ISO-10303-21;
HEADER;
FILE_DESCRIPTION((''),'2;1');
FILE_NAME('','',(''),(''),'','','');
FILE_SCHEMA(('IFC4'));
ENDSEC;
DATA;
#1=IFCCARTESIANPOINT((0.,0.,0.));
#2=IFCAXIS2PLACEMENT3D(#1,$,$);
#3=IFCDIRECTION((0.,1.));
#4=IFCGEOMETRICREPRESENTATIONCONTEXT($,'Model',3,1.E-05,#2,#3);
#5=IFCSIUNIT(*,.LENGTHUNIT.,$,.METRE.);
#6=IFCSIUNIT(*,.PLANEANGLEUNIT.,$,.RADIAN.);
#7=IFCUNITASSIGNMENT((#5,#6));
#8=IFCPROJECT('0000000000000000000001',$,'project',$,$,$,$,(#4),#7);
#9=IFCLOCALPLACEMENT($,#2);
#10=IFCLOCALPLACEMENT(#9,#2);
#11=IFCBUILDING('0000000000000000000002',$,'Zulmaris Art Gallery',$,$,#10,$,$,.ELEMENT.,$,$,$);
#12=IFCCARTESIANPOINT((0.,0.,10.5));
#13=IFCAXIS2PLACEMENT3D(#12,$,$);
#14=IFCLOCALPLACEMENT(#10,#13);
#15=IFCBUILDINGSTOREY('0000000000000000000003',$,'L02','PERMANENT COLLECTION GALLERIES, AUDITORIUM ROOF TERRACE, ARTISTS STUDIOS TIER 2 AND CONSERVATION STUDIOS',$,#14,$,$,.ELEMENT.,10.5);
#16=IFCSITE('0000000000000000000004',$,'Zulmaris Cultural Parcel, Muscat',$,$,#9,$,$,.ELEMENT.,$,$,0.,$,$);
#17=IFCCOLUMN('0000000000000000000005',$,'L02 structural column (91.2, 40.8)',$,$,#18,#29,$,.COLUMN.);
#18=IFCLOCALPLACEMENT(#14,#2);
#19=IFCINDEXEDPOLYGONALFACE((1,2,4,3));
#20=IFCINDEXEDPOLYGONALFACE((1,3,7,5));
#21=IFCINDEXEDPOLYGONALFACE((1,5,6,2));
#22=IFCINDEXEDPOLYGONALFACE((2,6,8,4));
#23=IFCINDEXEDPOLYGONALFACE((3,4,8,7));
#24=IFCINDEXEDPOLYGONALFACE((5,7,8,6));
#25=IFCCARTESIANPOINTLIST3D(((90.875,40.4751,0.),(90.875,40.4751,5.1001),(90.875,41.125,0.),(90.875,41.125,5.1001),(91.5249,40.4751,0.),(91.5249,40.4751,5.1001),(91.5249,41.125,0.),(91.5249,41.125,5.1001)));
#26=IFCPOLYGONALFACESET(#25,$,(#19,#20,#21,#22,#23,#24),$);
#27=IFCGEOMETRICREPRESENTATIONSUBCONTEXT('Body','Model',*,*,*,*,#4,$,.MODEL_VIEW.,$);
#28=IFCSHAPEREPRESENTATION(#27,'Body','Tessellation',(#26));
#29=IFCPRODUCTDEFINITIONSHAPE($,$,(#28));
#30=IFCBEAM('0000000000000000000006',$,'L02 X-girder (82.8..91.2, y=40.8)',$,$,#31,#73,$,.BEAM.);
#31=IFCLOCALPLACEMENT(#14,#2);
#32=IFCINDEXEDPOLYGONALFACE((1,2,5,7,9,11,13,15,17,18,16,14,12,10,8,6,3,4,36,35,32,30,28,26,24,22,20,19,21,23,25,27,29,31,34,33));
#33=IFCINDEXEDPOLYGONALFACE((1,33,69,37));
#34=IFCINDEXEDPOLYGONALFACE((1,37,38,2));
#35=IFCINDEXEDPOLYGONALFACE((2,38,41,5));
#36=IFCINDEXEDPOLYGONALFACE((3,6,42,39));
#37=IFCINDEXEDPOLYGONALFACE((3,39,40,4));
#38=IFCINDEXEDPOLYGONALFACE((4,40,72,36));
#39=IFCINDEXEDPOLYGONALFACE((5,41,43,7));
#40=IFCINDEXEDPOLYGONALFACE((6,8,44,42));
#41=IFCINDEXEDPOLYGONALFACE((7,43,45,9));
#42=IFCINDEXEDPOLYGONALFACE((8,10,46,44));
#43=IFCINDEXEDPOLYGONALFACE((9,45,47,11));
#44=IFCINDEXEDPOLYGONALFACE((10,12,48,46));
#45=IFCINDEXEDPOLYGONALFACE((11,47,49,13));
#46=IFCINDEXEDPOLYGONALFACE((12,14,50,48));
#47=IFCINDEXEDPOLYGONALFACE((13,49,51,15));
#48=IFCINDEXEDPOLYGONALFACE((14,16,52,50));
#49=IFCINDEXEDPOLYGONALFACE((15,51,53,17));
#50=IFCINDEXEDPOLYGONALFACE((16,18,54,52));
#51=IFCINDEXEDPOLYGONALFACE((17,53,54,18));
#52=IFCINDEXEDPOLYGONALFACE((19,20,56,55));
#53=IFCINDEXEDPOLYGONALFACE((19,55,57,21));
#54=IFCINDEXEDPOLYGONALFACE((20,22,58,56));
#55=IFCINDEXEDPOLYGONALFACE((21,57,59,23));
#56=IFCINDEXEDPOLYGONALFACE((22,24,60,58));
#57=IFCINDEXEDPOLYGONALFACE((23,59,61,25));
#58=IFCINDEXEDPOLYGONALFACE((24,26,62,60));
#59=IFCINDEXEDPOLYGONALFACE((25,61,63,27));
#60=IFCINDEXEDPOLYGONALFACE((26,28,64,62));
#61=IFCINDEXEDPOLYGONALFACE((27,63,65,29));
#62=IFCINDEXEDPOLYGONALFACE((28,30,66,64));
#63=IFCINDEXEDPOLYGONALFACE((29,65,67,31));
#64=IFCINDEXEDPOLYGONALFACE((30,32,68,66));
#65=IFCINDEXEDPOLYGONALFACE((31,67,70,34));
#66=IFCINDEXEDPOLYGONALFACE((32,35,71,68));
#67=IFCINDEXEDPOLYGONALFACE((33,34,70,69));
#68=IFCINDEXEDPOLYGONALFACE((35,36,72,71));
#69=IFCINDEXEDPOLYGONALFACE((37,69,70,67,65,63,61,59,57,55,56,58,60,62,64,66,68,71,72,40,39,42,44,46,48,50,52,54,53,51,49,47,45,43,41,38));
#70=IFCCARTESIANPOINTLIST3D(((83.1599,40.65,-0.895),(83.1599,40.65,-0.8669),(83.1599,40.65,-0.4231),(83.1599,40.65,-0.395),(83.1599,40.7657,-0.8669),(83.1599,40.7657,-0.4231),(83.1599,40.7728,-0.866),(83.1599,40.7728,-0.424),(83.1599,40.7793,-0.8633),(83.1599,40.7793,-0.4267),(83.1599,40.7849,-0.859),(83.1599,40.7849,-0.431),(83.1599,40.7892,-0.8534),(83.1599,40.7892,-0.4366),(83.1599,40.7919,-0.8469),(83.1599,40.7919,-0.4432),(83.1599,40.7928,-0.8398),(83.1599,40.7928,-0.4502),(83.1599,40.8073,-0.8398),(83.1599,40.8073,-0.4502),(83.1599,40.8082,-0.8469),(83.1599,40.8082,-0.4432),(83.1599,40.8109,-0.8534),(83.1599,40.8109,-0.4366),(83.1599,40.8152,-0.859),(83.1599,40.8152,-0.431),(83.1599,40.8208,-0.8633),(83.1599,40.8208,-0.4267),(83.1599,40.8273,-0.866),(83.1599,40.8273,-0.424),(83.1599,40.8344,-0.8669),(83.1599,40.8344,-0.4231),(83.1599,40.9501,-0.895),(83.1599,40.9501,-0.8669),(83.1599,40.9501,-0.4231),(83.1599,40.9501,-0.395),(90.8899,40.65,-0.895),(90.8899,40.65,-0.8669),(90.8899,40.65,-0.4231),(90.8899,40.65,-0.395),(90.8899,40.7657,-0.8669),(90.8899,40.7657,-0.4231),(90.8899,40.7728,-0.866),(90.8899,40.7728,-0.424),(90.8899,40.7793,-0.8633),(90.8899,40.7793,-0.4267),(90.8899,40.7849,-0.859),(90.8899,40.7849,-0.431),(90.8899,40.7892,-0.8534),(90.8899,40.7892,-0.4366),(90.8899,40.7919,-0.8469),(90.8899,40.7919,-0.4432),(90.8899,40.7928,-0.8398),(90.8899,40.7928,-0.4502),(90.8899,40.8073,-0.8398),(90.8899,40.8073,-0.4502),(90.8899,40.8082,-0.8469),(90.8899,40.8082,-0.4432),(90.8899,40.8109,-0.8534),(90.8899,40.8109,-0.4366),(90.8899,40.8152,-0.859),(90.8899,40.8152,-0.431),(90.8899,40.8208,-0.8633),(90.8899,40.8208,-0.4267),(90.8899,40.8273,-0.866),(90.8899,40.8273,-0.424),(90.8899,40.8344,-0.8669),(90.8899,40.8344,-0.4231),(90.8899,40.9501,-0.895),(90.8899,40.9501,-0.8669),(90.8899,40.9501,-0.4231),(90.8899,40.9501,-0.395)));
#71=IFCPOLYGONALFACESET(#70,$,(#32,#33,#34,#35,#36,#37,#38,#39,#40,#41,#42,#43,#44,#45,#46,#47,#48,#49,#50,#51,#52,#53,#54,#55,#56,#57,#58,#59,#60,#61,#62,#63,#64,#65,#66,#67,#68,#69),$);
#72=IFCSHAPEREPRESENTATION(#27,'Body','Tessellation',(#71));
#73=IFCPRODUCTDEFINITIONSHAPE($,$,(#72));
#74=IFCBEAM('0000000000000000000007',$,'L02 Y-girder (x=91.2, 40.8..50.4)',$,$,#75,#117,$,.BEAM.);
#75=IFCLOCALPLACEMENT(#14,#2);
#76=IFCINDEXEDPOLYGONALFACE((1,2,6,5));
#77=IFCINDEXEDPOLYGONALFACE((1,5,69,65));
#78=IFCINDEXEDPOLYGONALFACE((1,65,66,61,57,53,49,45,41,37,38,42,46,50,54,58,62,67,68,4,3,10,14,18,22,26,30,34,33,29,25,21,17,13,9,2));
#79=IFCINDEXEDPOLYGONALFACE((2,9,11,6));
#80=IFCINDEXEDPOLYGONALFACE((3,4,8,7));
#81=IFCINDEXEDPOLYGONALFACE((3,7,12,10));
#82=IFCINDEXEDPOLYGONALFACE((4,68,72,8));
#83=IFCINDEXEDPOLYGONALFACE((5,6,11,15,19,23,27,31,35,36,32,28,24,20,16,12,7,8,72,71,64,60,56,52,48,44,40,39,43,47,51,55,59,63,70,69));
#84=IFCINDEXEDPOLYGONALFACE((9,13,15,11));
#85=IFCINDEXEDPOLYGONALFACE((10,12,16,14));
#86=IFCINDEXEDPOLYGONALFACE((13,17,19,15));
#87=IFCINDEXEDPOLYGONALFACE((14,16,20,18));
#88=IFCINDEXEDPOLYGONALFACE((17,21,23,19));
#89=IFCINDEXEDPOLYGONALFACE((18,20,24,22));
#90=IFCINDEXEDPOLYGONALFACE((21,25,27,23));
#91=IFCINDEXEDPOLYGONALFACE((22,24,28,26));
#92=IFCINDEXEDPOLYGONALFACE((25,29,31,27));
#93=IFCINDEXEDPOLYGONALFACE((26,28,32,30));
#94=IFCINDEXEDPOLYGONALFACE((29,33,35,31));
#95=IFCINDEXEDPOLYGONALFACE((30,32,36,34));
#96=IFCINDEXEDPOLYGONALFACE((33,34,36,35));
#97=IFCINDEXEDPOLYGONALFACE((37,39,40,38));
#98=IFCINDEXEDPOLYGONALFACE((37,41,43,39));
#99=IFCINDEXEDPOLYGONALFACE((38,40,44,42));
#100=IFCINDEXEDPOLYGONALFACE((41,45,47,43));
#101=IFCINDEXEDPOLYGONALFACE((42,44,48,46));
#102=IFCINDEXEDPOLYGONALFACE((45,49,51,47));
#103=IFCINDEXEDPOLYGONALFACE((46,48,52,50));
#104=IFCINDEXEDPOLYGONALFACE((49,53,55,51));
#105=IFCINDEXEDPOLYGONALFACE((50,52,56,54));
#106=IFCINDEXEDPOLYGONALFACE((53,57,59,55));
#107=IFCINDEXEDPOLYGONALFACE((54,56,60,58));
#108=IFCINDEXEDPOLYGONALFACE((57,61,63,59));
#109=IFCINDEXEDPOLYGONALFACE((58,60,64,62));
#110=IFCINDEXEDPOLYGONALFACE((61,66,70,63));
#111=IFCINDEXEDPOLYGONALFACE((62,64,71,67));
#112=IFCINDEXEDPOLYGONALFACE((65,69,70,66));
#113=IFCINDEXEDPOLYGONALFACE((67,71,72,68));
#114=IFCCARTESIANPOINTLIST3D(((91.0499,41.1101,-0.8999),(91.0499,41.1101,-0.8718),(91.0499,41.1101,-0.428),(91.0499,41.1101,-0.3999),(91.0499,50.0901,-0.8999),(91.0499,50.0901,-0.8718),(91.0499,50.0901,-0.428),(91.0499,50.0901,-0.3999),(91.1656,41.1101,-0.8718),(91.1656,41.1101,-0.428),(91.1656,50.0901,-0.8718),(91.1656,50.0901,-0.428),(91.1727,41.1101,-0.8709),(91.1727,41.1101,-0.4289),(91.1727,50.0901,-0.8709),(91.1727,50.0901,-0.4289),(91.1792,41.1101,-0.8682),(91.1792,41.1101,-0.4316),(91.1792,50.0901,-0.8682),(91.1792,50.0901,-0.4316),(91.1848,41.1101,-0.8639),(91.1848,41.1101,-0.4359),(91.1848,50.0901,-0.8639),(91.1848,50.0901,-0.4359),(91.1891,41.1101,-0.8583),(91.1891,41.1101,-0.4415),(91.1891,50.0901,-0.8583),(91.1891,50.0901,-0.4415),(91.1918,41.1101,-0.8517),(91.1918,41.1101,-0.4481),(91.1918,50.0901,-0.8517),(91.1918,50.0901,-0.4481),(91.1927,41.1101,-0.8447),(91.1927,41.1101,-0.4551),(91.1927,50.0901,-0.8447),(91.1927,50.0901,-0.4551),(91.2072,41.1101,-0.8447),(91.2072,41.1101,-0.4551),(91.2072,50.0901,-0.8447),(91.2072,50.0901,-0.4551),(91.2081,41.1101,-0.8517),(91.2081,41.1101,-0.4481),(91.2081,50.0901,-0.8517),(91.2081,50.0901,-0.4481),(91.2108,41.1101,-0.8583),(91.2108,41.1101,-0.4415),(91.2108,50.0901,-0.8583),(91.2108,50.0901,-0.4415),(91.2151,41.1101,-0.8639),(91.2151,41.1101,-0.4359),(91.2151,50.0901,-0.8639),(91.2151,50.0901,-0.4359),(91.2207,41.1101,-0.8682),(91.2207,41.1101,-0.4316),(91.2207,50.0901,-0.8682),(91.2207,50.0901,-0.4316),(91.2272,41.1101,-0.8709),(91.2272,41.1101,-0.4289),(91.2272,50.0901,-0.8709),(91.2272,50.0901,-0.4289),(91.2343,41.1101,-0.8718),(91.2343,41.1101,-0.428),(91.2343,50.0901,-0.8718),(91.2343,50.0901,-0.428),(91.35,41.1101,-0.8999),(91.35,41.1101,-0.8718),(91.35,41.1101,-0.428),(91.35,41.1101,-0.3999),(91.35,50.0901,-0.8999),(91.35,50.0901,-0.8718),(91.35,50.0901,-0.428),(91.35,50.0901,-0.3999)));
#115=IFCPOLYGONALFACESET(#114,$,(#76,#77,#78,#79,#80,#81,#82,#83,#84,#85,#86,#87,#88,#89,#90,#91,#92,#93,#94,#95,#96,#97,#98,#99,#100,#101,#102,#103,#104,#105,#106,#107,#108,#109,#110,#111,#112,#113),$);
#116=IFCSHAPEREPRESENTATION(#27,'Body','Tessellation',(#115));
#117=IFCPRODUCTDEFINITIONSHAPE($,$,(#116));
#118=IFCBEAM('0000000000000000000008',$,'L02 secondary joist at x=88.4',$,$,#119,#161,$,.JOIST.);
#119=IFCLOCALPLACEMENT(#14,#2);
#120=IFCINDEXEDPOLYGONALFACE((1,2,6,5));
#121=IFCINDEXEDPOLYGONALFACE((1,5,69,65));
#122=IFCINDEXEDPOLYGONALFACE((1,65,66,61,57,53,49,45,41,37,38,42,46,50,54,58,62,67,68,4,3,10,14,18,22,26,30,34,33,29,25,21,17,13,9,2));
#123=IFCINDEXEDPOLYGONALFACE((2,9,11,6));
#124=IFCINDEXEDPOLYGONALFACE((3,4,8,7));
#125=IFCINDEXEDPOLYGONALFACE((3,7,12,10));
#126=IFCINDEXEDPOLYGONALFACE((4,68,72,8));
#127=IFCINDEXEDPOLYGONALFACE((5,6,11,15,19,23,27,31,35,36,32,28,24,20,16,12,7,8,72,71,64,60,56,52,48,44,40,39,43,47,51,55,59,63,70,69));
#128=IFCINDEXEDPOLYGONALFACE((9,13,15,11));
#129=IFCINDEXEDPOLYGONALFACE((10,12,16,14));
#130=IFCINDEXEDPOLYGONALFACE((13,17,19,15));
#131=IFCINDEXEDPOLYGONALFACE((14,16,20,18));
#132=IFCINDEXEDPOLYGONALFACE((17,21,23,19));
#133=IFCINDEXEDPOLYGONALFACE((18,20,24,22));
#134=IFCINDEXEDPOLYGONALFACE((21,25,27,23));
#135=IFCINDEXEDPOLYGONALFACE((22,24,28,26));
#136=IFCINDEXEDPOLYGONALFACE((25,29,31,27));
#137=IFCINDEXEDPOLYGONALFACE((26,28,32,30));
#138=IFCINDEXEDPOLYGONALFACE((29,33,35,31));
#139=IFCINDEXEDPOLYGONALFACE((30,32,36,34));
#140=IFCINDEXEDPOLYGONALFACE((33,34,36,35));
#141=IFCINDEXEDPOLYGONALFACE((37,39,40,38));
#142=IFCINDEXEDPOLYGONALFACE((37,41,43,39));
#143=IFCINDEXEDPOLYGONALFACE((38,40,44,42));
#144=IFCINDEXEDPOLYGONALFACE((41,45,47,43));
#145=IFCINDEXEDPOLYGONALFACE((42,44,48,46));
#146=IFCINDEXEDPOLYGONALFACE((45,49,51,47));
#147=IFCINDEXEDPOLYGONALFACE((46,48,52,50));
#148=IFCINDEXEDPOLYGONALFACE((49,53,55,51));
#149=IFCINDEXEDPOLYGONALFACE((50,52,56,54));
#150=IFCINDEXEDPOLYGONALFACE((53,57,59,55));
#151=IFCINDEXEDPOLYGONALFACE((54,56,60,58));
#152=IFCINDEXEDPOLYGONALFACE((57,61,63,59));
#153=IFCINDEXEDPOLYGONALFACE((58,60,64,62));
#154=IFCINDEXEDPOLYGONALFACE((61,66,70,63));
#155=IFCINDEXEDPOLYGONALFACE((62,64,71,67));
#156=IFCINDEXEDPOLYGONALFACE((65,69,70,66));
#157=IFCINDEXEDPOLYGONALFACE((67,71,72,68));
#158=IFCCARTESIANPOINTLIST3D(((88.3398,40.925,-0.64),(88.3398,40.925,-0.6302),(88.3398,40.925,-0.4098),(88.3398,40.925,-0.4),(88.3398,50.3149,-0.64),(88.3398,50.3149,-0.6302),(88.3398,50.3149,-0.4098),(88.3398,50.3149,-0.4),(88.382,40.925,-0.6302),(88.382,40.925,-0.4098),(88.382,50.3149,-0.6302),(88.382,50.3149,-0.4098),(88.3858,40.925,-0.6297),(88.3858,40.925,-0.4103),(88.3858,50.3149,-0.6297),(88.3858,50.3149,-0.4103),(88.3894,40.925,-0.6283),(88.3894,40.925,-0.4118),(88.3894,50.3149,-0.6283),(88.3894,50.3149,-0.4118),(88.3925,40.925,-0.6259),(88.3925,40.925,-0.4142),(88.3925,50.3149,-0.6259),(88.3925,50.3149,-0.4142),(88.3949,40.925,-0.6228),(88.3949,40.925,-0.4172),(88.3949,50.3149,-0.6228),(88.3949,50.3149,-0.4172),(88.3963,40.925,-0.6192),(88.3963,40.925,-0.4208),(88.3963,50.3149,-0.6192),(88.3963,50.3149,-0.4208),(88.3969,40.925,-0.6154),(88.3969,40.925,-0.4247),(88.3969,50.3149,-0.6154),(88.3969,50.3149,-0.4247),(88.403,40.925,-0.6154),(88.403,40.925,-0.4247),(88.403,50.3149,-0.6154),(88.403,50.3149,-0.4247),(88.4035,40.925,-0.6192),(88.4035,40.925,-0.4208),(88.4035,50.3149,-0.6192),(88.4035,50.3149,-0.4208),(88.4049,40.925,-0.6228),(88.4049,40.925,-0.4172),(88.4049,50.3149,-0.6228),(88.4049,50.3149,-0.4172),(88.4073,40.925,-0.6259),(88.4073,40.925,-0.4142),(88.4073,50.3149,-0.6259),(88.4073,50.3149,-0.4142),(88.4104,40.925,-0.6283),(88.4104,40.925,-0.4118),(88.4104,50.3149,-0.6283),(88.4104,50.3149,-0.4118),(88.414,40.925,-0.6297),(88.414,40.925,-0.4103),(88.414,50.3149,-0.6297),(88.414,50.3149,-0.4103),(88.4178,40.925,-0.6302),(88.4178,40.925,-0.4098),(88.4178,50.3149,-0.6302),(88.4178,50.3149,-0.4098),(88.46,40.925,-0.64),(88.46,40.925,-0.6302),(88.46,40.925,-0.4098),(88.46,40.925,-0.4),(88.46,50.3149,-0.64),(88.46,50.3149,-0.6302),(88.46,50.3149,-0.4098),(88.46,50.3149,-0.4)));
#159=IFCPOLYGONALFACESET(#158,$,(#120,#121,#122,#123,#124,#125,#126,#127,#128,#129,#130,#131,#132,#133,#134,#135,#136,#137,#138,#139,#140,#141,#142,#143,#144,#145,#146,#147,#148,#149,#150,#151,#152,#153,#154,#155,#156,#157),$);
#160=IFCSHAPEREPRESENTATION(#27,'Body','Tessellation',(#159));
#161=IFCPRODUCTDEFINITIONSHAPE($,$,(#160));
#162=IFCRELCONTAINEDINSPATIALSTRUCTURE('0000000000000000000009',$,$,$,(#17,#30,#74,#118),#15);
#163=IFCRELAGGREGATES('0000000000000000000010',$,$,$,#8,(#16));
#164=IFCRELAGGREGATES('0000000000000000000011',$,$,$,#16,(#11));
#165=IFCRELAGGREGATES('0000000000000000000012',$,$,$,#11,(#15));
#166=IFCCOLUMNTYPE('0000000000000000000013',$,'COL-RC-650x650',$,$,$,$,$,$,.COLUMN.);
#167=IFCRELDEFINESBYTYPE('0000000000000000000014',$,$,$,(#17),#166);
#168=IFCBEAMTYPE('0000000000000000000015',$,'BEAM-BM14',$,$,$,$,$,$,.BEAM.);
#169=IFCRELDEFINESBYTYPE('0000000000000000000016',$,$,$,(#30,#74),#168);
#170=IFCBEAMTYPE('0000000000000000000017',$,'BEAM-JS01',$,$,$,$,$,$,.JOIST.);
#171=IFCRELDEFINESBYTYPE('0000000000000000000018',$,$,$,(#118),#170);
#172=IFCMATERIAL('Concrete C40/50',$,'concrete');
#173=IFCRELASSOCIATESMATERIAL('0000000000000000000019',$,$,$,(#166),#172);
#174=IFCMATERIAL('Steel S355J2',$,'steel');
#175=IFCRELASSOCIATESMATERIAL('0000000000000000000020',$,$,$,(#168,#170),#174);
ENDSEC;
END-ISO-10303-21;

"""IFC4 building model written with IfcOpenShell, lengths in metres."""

from ifc_helpers import new_model, si_unit, direction, frame, origin, origin_2d, place, context, subcontext, project, spatial, rectangle, i_section, extrude, material, material_profile, profile_set, type_object, element, save


model = new_model("IFC4")

# Units and contexts
model_context = context("Model", 3, precision=1e-05, world=origin(), true_north=direction((0.0, 1.0)))
body_context = subcontext(model_context, "Body", "Model", "MODEL_VIEW")
ifc_project = project(units=[si_unit("LENGTHUNIT", "METRE"), si_unit("PLANEANGLEUNIT", "RADIAN")], contexts=[model_context])

# Site, building, storey
site_placement = place(None, origin())
site = spatial("IfcSite", under=ifc_project, at=site_placement, Name="Zulmaris Cultural Parcel, Muscat", CompositionType="ELEMENT", RefElevation=0.0)
building_placement = place(site_placement, origin())
building = spatial("IfcBuilding", under=site, at=building_placement, Name="Zulmaris Art Gallery", CompositionType="ELEMENT")
storey_placement = place(building_placement, frame((0.0, 0.0, 10.5)))
storey = spatial("IfcBuildingStorey", under=building, at=storey_placement, Name="L02", Description="PERMANENT COLLECTION GALLERIES, AUDITORIUM ROOF TERRACE, ARTISTS STUDIOS TIER 2 AND CONSERVATION STUDIOS", CompositionType="ELEMENT", Elevation=10.5)

# Column
ifc_material_1 = material(Name="Concrete C40/50", Category="concrete")
ifc_material_profile_1 = material_profile(ifc_material_1, rectangle(XDim=0.6499, YDim=0.6499, at=origin_2d()), Name="RC 650x650")
ifc_profile_set_1 = profile_set([ifc_material_profile_1], Name="Concrete C40/50")
column_type = type_object("IfcColumnType", Name="COL-RC-650x650", PredefinedType="COLUMN", material=ifc_profile_set_1)
column_placement = place(storey_placement, frame((91.2, 40.8, 0.0), z_axis=(0.0, 0.0, 1.0), x_axis=(1.0, 0.0, 0.0)))
element("IfcColumn", 1, at=column_placement, inside=storey, type_object=column_type, Name="L02 structural column (91.2, 40.8)", PredefinedType="COLUMN", context=body_context, shape_type="SweptSolid", body=[
    extrude(rectangle(XDim=0.6499, YDim=0.6499, at=origin_2d()), origin(), (0.0, 0.0, 1.0), 5.1001),
])

# Beams
ifc_material_2 = material(Name="Steel S355J2", Category="steel")
ifc_material_profile_2 = material_profile(ifc_material_2, i_section(OverallWidth=0.3, OverallDepth=0.5, WebThickness=0.0144, FlangeThickness=0.0281, FilletRadius=0.0271, at=origin_2d()), Name="HEB 500")
ifc_profile_set_2 = profile_set([ifc_material_profile_2], Name="Steel S355J2")
beam_type_1 = type_object("IfcBeamType", Name="BEAM-BM14", PredefinedType="BEAM", material=ifc_profile_set_2)
beam_1_placement = place(storey_placement, frame((83.1599, 40.8, -0.645), z_axis=(1.0, 0.0, 0.0), x_axis=(0.0, 1.0, 0.0)))
element("IfcBeam", 2, at=beam_1_placement, inside=storey, type_object=beam_type_1, Name="L02 X-girder (82.8..91.2, y=40.8)", PredefinedType="BEAM", context=body_context, shape_type="SweptSolid", body=[
    extrude(i_section(OverallWidth=0.3, OverallDepth=0.5, WebThickness=0.0144, FlangeThickness=0.0281, FilletRadius=0.0271, at=origin_2d()), origin(), (0.0, 0.0, 1.0), 7.73),
])
beam_2_placement = place(storey_placement, frame((91.2, 41.1101, -0.6499), z_axis=(0.0, 1.0, 0.0), x_axis=(-1.0, 0.0, 0.0)))
element("IfcBeam", 3, at=beam_2_placement, inside=storey, type_object=beam_type_1, Name="L02 Y-girder (x=91.2, 40.8..50.4)", PredefinedType="BEAM", context=body_context, shape_type="SweptSolid", body=[
    extrude(i_section(OverallWidth=0.3, OverallDepth=0.5, WebThickness=0.0144, FlangeThickness=0.0281, FilletRadius=0.0271, at=origin_2d()), origin(), (0.0, 0.0, 1.0), 8.98),
])
ifc_material_profile_3 = material_profile(ifc_material_2, i_section(OverallWidth=0.1201, OverallDepth=0.24, WebThickness=0.0061, FlangeThickness=0.0098, FilletRadius=0.0149, at=origin_2d()), Name="IPE 240")
ifc_profile_set_3 = profile_set([ifc_material_profile_3], Name="Steel S355J2")
beam_type_2 = type_object("IfcBeamType", Name="BEAM-JS01", PredefinedType="JOIST", material=ifc_profile_set_3)
beam_3_placement = place(storey_placement, frame((88.3999, 40.925, -0.52), z_axis=(0.0, 1.0, 0.0), x_axis=(-1.0, 0.0, 0.0)))
element("IfcBeam", 4, at=beam_3_placement, inside=storey, type_object=beam_type_2, Name="L02 secondary joist at x=88.4", PredefinedType="JOIST", context=body_context, shape_type="SweptSolid", body=[
    extrude(i_section(OverallWidth=0.1201, OverallDepth=0.24, WebThickness=0.0061, FlangeThickness=0.0098, FilletRadius=0.0149, at=origin_2d()), origin(), (0.0, 0.0, 1.0), 9.3899),
])

save(model, "model.ifc")
